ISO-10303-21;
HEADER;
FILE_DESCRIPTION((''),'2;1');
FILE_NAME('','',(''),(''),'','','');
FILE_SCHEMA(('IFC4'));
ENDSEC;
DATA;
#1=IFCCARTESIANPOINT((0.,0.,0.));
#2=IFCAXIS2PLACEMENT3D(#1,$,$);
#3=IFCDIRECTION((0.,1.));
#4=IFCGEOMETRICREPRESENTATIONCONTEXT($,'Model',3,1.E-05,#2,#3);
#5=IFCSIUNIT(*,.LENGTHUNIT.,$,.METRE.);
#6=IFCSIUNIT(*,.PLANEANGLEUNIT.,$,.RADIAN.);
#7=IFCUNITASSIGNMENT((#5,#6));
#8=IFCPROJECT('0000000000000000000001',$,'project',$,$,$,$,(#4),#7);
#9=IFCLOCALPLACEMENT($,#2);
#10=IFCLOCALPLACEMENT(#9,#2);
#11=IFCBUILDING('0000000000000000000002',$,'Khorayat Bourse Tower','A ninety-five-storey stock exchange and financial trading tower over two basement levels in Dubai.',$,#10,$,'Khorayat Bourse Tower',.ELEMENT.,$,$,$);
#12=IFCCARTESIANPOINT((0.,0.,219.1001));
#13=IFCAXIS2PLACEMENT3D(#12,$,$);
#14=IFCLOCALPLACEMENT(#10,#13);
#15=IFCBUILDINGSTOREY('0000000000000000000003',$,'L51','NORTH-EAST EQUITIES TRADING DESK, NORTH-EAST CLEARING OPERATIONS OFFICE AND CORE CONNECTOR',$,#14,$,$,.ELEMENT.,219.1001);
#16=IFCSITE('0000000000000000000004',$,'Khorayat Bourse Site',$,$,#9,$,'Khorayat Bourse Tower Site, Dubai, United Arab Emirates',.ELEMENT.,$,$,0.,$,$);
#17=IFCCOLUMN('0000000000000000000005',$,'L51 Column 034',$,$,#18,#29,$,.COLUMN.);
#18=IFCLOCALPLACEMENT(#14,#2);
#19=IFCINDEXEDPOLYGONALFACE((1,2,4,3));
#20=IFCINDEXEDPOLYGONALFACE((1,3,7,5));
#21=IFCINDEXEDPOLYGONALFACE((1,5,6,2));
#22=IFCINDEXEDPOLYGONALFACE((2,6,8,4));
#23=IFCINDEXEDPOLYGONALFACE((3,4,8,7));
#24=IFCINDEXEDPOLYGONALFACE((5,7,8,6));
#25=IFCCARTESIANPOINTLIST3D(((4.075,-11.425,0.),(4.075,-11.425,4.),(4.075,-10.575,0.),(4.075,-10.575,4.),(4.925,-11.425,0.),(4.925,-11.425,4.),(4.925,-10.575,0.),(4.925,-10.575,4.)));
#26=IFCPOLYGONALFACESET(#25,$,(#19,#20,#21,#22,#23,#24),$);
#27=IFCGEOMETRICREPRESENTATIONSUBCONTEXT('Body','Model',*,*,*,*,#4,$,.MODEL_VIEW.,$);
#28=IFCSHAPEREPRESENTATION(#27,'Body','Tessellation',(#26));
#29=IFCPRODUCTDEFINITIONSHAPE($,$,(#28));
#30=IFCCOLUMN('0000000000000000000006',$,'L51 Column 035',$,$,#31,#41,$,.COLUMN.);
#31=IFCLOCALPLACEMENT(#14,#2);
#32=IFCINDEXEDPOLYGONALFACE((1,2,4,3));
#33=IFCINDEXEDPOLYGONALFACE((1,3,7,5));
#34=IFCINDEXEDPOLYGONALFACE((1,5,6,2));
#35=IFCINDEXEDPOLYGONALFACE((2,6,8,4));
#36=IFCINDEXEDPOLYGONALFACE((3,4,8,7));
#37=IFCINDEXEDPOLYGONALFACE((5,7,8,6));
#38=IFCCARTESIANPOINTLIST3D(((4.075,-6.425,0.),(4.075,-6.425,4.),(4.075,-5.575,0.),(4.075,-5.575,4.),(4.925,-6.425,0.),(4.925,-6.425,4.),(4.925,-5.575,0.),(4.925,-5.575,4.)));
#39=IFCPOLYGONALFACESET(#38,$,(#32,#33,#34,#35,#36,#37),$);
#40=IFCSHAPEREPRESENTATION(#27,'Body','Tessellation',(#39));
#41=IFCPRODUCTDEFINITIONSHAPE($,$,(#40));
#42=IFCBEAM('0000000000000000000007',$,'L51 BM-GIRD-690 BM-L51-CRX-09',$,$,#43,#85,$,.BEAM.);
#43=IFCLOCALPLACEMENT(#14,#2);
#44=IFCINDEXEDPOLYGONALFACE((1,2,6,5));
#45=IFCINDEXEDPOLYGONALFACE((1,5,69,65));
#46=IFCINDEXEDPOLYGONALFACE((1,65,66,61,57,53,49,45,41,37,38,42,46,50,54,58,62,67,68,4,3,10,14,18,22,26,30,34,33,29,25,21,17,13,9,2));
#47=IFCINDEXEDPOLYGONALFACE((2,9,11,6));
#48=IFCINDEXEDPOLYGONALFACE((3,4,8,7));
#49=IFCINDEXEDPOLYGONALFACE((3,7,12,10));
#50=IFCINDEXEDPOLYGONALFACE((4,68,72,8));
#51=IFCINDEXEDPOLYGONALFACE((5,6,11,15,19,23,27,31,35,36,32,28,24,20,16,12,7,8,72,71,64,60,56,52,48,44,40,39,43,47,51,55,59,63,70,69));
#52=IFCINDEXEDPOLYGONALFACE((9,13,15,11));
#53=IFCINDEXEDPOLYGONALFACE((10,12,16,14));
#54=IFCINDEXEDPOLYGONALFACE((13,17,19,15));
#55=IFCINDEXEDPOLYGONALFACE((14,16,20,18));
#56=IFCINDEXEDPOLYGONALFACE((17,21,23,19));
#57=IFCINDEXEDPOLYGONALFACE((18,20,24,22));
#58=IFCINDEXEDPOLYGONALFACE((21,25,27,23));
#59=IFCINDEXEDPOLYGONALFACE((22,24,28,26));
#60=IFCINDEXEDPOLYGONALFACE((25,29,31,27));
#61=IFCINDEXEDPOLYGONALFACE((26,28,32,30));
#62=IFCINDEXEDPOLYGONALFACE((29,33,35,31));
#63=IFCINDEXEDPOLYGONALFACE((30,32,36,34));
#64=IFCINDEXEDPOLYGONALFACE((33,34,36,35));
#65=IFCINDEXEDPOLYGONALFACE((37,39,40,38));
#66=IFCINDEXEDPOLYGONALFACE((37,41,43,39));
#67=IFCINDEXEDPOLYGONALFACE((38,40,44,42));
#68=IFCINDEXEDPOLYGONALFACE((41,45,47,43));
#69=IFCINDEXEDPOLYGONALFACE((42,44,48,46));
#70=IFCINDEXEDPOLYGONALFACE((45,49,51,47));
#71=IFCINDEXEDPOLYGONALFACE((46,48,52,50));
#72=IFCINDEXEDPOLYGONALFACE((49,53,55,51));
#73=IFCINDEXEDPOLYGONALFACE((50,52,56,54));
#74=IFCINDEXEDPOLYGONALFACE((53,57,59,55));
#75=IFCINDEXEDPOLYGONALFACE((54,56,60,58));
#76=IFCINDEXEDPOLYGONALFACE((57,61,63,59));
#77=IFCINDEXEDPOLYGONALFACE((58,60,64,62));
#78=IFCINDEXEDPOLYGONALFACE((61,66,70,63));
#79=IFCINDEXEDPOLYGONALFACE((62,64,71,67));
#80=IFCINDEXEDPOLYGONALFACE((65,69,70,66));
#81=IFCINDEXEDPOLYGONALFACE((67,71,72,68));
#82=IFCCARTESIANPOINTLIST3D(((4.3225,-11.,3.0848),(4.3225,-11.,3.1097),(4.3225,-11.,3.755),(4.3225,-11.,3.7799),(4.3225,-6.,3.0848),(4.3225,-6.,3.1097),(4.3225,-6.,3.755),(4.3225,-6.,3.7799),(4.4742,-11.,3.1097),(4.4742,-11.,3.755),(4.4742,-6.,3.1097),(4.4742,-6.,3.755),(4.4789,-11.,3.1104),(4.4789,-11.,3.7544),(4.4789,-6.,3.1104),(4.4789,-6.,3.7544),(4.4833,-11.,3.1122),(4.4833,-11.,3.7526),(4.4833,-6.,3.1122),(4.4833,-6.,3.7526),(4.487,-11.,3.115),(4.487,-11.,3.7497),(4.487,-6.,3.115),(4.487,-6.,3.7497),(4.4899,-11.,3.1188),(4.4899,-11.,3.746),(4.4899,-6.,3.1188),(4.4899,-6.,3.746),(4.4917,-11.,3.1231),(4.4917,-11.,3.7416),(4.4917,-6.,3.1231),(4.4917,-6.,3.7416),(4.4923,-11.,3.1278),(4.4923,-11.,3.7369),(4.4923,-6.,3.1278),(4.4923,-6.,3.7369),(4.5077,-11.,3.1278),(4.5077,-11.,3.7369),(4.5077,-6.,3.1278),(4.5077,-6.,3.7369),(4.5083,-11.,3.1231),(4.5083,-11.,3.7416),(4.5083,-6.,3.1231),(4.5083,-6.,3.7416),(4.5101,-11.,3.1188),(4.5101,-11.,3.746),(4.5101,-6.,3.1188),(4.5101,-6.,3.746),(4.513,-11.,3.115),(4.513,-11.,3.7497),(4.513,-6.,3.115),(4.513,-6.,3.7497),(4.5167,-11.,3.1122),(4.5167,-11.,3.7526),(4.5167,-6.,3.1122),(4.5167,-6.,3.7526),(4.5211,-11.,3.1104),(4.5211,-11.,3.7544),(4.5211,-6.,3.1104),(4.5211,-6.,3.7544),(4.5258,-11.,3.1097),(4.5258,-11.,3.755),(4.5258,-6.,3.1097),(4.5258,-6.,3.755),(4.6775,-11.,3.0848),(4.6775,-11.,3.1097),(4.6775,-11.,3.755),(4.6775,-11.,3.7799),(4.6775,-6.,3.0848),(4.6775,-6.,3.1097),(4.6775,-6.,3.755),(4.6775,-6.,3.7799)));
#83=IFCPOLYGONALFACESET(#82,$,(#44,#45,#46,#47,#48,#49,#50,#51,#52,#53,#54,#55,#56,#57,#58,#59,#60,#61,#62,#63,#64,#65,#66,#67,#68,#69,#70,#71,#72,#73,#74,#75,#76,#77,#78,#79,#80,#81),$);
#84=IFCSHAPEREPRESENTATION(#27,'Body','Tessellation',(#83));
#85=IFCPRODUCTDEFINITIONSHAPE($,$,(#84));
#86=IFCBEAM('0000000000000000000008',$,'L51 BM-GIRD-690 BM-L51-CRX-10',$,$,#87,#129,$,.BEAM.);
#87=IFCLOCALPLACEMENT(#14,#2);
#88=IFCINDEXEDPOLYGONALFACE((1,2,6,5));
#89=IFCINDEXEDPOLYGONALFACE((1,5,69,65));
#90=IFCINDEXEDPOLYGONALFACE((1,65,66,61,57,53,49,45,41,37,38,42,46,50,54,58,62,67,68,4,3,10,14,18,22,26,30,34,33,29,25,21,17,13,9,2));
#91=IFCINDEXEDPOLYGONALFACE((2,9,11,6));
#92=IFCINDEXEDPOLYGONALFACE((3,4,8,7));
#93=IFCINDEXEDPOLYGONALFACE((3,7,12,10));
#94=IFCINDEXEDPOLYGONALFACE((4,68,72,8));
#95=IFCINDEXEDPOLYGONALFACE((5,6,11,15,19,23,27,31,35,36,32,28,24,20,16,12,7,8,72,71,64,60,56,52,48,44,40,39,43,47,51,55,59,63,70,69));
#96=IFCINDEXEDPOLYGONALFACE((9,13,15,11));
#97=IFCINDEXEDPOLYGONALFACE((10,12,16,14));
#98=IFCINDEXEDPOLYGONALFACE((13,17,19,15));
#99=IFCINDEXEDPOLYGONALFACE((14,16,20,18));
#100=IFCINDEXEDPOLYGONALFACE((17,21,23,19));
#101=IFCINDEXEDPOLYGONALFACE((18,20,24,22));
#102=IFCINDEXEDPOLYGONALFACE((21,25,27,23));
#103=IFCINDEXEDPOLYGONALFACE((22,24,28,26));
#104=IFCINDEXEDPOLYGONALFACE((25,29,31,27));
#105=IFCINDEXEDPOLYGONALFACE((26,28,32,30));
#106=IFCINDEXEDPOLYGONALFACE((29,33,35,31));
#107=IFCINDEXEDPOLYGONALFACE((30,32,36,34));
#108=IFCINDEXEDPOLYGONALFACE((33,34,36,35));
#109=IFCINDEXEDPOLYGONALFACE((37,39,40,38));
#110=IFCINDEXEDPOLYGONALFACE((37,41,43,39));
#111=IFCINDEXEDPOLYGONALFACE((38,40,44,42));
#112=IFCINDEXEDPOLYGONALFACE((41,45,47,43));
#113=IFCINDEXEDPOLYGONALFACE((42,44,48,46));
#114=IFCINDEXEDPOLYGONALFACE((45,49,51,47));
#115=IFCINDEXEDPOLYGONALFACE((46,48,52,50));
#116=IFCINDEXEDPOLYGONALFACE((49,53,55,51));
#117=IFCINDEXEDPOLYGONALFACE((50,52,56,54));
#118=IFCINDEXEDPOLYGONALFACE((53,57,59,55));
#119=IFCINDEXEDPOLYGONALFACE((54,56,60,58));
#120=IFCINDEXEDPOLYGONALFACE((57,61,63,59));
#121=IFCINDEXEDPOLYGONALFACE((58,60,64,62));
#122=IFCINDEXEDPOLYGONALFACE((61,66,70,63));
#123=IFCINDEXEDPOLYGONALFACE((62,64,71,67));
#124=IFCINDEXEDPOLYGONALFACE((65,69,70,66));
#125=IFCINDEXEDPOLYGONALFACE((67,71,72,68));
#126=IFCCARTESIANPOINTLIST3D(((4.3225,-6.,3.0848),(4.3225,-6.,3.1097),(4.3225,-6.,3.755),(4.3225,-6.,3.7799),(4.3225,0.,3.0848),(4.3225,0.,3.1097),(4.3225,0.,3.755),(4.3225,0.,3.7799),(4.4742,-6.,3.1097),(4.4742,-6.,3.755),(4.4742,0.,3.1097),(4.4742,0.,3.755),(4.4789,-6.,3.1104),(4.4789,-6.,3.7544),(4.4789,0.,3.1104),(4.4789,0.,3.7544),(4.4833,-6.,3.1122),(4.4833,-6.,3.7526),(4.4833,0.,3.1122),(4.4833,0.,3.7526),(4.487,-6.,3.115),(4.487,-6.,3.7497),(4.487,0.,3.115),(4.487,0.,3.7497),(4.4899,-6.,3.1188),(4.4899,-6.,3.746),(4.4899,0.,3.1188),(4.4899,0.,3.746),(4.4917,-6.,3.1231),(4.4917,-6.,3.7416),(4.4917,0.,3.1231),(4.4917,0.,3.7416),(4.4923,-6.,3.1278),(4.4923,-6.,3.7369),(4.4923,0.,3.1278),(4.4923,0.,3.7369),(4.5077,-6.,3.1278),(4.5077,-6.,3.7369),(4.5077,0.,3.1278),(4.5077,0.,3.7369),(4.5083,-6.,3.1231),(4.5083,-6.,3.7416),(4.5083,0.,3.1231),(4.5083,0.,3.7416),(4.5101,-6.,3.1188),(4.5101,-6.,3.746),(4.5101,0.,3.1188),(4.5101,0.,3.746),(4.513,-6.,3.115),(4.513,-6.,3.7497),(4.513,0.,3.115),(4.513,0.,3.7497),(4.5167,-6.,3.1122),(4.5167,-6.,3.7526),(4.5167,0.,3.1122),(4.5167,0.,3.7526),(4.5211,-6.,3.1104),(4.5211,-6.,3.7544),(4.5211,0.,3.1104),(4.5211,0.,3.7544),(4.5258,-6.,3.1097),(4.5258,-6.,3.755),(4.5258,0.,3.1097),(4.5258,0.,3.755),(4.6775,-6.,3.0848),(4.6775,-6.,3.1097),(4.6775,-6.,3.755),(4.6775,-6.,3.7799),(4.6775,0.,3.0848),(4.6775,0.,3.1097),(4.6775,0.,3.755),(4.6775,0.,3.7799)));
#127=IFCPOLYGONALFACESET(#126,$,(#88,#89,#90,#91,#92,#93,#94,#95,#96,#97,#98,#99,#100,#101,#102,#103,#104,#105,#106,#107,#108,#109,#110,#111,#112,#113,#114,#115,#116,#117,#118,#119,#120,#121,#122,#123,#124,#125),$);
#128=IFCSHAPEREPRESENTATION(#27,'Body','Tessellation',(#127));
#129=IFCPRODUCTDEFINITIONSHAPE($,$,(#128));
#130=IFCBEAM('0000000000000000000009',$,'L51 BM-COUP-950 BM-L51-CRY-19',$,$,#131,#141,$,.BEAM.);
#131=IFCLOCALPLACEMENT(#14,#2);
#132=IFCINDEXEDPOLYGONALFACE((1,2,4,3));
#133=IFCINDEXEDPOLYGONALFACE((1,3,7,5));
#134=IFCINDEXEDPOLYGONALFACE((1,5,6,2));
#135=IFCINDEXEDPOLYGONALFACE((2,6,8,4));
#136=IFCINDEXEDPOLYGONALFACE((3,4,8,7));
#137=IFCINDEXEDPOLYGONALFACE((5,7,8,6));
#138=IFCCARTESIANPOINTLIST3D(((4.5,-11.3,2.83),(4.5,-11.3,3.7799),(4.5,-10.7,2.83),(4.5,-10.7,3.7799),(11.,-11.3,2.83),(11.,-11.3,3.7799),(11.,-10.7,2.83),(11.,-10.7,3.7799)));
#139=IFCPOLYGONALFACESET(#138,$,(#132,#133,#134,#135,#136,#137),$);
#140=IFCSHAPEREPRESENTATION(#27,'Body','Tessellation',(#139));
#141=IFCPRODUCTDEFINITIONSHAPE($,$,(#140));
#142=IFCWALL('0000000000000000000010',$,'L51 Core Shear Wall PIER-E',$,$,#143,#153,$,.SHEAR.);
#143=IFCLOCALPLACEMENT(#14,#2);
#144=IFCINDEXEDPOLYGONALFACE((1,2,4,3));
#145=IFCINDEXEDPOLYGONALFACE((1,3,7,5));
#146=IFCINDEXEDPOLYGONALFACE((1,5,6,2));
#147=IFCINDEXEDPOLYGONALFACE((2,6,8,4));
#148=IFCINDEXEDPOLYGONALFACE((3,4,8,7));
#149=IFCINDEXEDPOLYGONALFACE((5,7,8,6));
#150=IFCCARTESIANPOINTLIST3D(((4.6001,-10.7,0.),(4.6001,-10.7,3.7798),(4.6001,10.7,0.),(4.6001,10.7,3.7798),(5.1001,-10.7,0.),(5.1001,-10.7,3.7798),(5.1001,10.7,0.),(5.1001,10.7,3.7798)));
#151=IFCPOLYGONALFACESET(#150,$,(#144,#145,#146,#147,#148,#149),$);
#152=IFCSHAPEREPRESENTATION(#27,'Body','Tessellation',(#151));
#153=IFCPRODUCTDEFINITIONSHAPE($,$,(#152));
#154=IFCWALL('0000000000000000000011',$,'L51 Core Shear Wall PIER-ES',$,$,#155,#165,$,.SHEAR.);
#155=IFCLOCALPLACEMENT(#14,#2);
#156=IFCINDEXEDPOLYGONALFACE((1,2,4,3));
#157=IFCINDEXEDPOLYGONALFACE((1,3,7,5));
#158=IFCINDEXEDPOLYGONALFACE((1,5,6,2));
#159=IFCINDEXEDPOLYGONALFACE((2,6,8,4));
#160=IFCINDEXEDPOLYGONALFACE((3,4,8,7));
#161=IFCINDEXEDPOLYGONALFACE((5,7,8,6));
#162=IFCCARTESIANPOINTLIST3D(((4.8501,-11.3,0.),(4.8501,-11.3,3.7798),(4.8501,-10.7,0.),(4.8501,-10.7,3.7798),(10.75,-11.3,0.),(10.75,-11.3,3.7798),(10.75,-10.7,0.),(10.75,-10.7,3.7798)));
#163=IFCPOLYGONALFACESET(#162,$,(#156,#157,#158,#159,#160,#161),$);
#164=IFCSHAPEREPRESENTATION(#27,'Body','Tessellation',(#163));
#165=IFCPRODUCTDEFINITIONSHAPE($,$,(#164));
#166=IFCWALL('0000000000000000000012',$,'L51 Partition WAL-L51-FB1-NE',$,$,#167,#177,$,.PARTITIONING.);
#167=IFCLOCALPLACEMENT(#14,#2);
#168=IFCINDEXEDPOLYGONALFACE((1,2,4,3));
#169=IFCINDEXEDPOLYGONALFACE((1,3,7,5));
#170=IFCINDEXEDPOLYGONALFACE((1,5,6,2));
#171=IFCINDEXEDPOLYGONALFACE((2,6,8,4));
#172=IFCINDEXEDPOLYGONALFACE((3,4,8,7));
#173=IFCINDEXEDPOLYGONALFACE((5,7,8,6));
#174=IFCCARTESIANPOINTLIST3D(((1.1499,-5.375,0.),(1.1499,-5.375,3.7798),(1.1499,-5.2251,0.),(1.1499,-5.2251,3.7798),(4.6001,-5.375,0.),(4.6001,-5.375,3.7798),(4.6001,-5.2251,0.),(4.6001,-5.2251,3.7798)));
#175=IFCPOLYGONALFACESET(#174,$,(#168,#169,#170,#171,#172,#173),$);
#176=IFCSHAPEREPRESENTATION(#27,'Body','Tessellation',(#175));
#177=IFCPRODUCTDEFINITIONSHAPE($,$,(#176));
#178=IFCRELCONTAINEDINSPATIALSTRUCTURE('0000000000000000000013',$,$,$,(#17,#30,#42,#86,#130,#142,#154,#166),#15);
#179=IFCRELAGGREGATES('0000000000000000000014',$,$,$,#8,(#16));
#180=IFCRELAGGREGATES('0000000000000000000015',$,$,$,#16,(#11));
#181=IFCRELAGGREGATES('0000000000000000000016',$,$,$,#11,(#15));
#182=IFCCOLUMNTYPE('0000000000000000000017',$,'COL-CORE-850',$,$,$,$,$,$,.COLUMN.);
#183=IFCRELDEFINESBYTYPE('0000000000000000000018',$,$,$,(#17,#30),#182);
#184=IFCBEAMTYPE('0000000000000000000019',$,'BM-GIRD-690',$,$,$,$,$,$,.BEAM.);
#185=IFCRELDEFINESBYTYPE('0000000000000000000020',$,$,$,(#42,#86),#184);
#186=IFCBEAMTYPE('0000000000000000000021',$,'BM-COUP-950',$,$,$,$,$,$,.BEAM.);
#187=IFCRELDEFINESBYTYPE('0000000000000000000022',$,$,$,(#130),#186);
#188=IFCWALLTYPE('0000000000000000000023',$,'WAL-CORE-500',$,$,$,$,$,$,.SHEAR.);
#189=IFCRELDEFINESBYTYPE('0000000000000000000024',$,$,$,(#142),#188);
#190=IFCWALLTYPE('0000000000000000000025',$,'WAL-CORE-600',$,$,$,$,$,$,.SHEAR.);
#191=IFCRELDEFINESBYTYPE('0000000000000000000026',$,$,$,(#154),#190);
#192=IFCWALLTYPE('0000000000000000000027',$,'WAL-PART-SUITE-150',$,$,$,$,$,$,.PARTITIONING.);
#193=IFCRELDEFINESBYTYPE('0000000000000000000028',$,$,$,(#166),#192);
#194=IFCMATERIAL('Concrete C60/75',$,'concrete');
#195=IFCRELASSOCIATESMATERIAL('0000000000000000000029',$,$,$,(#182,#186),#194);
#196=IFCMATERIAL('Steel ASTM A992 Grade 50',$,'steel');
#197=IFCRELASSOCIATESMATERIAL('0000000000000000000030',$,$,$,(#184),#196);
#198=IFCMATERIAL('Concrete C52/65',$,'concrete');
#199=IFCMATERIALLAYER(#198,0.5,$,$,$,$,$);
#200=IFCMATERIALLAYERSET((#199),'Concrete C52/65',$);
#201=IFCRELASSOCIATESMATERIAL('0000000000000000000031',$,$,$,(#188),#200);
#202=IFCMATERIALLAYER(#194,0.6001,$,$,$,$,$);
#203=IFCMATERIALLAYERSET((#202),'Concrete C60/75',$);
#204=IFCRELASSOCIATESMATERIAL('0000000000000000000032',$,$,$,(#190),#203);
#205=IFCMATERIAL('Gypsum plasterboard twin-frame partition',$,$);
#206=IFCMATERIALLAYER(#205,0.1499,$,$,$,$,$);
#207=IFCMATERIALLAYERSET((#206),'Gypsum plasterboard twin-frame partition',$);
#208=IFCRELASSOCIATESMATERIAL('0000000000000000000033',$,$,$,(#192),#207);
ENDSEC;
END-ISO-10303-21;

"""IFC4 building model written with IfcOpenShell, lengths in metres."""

from ifc_helpers import new_model, si_unit, direction, frame, frame_2d, origin, origin_2d, place, context, subcontext, project, spatial, rectangle, i_section, extrude, source, transform, mapped, material, layer, layer_set, material_profile, profile_set, type_object, element, save


model = new_model("IFC4")

# Units and contexts
model_context = context("Model", 3, precision=1e-05, world=origin(), true_north=direction((0.0, 1.0)))
body_context = subcontext(model_context, "Body", "Model", "MODEL_VIEW")
ifc_project = project(units=[si_unit("LENGTHUNIT", "METRE"), si_unit("PLANEANGLEUNIT", "RADIAN")], contexts=[model_context])

# Site, building, storey
site_placement = place(None, origin())
site = spatial("IfcSite", under=ifc_project, at=site_placement, Name="Khorayat Bourse Site", LongName="Khorayat Bourse Tower Site, Dubai, United Arab Emirates", CompositionType="ELEMENT", RefElevation=0.0)
building_placement = place(site_placement, origin())
building = spatial("IfcBuilding", under=site, at=building_placement, Name="Khorayat Bourse Tower", Description="A ninety-five-storey stock exchange and financial trading tower over two basement levels in Dubai.", LongName="Khorayat Bourse Tower", CompositionType="ELEMENT")
storey_placement = place(building_placement, frame((0.0, 0.0, 219.1001)))
storey = spatial("IfcBuildingStorey", under=building, at=storey_placement, Name="L51", Description="NORTH-EAST EQUITIES TRADING DESK, NORTH-EAST CLEARING OPERATIONS OFFICE AND CORE CONNECTOR", CompositionType="ELEMENT", Elevation=219.1001)

# Columns
ifc_material_1 = material(Name="Concrete C60/75", Category="concrete")
ifc_material_profile_1 = material_profile(ifc_material_1, rectangle(XDim=0.8501, YDim=0.8501, at=origin_2d()), Name="RC 850x850")
ifc_profile_set_1 = profile_set([ifc_material_profile_1], Name="Concrete C60/75")
column_type = type_object("IfcColumnType", Name="COL-CORE-850", PredefinedType="COLUMN", material=ifc_profile_set_1)
shared_shape_1 = source(origin(), body_context, "Body", "SweptSolid", [
    extrude(rectangle(XDim=0.8501, YDim=0.8501, at=origin_2d()), origin(), (0.0, 0.0, 1.0), 4.0),
])
for number, where, z_axis, x_axis, name in (
    (1, (4.5, -11.0, 0.0), (0.0, 0.0, 1.0), (1.0, 0.0, 0.0), "L51 Column 034"),
    (2, (4.5, -6.0, 0.0), (0.0, 0.0, 1.0), (1.0, 0.0, 0.0), "L51 Column 035"),
):
    element("IfcColumn", number, at=place(storey_placement, frame(where, z_axis=z_axis, x_axis=x_axis)), inside=storey, type_object=column_type, Name=name, PredefinedType="COLUMN", context=body_context, shape_type="MappedRepresentation", body=[
        mapped(shared_shape_1, transform((0.0, 0.0, 0.0), scale=1.0)),
    ])

# Beams
ifc_material_2 = material(Name="Steel ASTM A992 Grade 50", Category="steel")
ifc_material_profile_2 = material_profile(ifc_material_2, i_section(OverallWidth=0.355, OverallDepth=0.6951, WebThickness=0.0154, FlangeThickness=0.0249, FilletRadius=0.0181, at=origin_2d()), Name="W690X217")
ifc_profile_set_2 = profile_set([ifc_material_profile_2], Name="Steel ASTM A992 Grade 50")
beam_type_1 = type_object("IfcBeamType", Name="BM-GIRD-690", PredefinedType="BEAM", material=ifc_profile_set_2)
shared_shape_2 = source(origin(), body_context, "Body", "SweptSolid", [
    extrude(i_section(OverallWidth=0.355, OverallDepth=0.6951, WebThickness=0.0154, FlangeThickness=0.0249, FilletRadius=0.0181, at=origin_2d()), origin(), (0.0, 0.0, 1.0), 5.0),
])
beam_1_placement = place(storey_placement, frame((4.5, -11.0, 3.4324), z_axis=(0.0, 1.0, 0.0), x_axis=(-1.0, 0.0, 0.0)))
element("IfcBeam", 3, at=beam_1_placement, inside=storey, type_object=beam_type_1, Name="L51 BM-GIRD-690 BM-L51-CRX-09", PredefinedType="BEAM", context=body_context, shape_type="MappedRepresentation", body=[
    mapped(shared_shape_2, transform((0.0, 0.0, 0.0), scale=1.0)),
])
shared_shape_3 = source(origin(), body_context, "Body", "SweptSolid", [
    extrude(i_section(OverallWidth=0.355, OverallDepth=0.6951, WebThickness=0.0154, FlangeThickness=0.0249, FilletRadius=0.0181, at=origin_2d()), origin(), (0.0, 0.0, 1.0), 6.0),
])
beam_2_placement = place(storey_placement, frame((4.5, -6.0, 3.4324), z_axis=(0.0, 1.0, 0.0), x_axis=(-1.0, 0.0, 0.0)))
element("IfcBeam", 4, at=beam_2_placement, inside=storey, type_object=beam_type_1, Name="L51 BM-GIRD-690 BM-L51-CRX-10", PredefinedType="BEAM", context=body_context, shape_type="MappedRepresentation", body=[
    mapped(shared_shape_3, transform((0.0, 0.0, 0.0), scale=1.0)),
])
ifc_material_profile_3 = material_profile(ifc_material_1, rectangle(XDim=0.6001, YDim=0.95, at=origin_2d()), Name="RC 600x950")
ifc_profile_set_3 = profile_set([ifc_material_profile_3], Name="Concrete C60/75")
beam_type_2 = type_object("IfcBeamType", Name="BM-COUP-950", PredefinedType="BEAM", material=ifc_profile_set_3)
shared_shape_4 = source(origin(), body_context, "Body", "SweptSolid", [
    extrude(rectangle(XDim=0.6001, YDim=0.95, at=origin_2d()), origin(), (0.0, 0.0, 1.0), 6.5),
])
beam_3_placement = place(storey_placement, frame((4.5, -11.0, 3.3049), z_axis=(1.0, 0.0, 0.0), x_axis=(0.0, 1.0, 0.0)))
element("IfcBeam", 5, at=beam_3_placement, inside=storey, type_object=beam_type_2, Name="L51 BM-COUP-950 BM-L51-CRY-19", PredefinedType="BEAM", context=body_context, shape_type="MappedRepresentation", body=[
    mapped(shared_shape_4, transform((0.0, 0.0, 0.0), scale=1.0)),
])

# Walls
ifc_material_3 = material(Name="Concrete C52/65", Category="concrete")
ifc_layer_1 = layer(ifc_material_3, 0.5)
ifc_layer_set_1 = layer_set([ifc_layer_1], Name="Concrete C52/65")
wall_type_1 = type_object("IfcWallType", Name="WAL-CORE-500", PredefinedType="SHEAR", material=ifc_layer_set_1)
shared_shape_5 = source(origin(), body_context, "Body", "SweptSolid", [
    extrude(rectangle(XDim=21.3999, YDim=0.5, at=frame_2d((10.7, 0.0))), origin(), (0.0, 0.0, 1.0), 3.7798),
])
wall_1_placement = place(storey_placement, frame((4.8501, -10.7, 0.0), z_axis=(0.0, 0.0, 1.0), x_axis=(0.0, 1.0, 0.0)))
element("IfcWall", 6, at=wall_1_placement, inside=storey, type_object=wall_type_1, Name="L51 Core Shear Wall PIER-E", PredefinedType="SHEAR", context=body_context, shape_type="MappedRepresentation", body=[
    mapped(shared_shape_5, transform((0.0, 0.0, 0.0), scale=1.0)),
])
ifc_layer_2 = layer(ifc_material_1, 0.6001)
ifc_layer_set_2 = layer_set([ifc_layer_2], Name="Concrete C60/75")
wall_type_2 = type_object("IfcWallType", Name="WAL-CORE-600", PredefinedType="SHEAR", material=ifc_layer_set_2)
shared_shape_6 = source(origin(), body_context, "Body", "SweptSolid", [
    extrude(rectangle(XDim=5.8999, YDim=0.6001, at=frame_2d((2.95, 0.0))), origin(), (0.0, 0.0, 1.0), 3.7798),
])
wall_2_placement = place(storey_placement, frame((4.8501, -11.0, 0.0), z_axis=(0.0, 0.0, 1.0), x_axis=(1.0, 0.0, 0.0)))
element("IfcWall", 7, at=wall_2_placement, inside=storey, type_object=wall_type_2, Name="L51 Core Shear Wall PIER-ES", PredefinedType="SHEAR", context=body_context, shape_type="MappedRepresentation", body=[
    mapped(shared_shape_6, transform((0.0, 0.0, 0.0), scale=1.0)),
])
ifc_material_4 = material(Name="Gypsum plasterboard twin-frame partition")
ifc_layer_3 = layer(ifc_material_4, 0.1499)
ifc_layer_set_3 = layer_set([ifc_layer_3], Name="Gypsum plasterboard twin-frame partition")
wall_type_3 = type_object("IfcWallType", Name="WAL-PART-SUITE-150", PredefinedType="PARTITIONING", material=ifc_layer_set_3)
shared_shape_7 = source(origin(), body_context, "Body", "SweptSolid", [
    extrude(rectangle(XDim=3.4502, YDim=0.1499, at=frame_2d((1.7251, 0.0))), origin(), (0.0, 0.0, 1.0), 3.7798),
])
wall_3_placement = place(storey_placement, frame((1.1499, -5.3, 0.0), z_axis=(0.0, 0.0, 1.0), x_axis=(1.0, 0.0, 0.0)))
element("IfcWall", 8, at=wall_3_placement, inside=storey, type_object=wall_type_3, Name="L51 Partition WAL-L51-FB1-NE", PredefinedType="PARTITIONING", context=body_context, shape_type="MappedRepresentation", body=[
    mapped(shared_shape_7, transform((0.0, 0.0, 0.0), scale=1.0)),
])

save(model, "model.ifc")
